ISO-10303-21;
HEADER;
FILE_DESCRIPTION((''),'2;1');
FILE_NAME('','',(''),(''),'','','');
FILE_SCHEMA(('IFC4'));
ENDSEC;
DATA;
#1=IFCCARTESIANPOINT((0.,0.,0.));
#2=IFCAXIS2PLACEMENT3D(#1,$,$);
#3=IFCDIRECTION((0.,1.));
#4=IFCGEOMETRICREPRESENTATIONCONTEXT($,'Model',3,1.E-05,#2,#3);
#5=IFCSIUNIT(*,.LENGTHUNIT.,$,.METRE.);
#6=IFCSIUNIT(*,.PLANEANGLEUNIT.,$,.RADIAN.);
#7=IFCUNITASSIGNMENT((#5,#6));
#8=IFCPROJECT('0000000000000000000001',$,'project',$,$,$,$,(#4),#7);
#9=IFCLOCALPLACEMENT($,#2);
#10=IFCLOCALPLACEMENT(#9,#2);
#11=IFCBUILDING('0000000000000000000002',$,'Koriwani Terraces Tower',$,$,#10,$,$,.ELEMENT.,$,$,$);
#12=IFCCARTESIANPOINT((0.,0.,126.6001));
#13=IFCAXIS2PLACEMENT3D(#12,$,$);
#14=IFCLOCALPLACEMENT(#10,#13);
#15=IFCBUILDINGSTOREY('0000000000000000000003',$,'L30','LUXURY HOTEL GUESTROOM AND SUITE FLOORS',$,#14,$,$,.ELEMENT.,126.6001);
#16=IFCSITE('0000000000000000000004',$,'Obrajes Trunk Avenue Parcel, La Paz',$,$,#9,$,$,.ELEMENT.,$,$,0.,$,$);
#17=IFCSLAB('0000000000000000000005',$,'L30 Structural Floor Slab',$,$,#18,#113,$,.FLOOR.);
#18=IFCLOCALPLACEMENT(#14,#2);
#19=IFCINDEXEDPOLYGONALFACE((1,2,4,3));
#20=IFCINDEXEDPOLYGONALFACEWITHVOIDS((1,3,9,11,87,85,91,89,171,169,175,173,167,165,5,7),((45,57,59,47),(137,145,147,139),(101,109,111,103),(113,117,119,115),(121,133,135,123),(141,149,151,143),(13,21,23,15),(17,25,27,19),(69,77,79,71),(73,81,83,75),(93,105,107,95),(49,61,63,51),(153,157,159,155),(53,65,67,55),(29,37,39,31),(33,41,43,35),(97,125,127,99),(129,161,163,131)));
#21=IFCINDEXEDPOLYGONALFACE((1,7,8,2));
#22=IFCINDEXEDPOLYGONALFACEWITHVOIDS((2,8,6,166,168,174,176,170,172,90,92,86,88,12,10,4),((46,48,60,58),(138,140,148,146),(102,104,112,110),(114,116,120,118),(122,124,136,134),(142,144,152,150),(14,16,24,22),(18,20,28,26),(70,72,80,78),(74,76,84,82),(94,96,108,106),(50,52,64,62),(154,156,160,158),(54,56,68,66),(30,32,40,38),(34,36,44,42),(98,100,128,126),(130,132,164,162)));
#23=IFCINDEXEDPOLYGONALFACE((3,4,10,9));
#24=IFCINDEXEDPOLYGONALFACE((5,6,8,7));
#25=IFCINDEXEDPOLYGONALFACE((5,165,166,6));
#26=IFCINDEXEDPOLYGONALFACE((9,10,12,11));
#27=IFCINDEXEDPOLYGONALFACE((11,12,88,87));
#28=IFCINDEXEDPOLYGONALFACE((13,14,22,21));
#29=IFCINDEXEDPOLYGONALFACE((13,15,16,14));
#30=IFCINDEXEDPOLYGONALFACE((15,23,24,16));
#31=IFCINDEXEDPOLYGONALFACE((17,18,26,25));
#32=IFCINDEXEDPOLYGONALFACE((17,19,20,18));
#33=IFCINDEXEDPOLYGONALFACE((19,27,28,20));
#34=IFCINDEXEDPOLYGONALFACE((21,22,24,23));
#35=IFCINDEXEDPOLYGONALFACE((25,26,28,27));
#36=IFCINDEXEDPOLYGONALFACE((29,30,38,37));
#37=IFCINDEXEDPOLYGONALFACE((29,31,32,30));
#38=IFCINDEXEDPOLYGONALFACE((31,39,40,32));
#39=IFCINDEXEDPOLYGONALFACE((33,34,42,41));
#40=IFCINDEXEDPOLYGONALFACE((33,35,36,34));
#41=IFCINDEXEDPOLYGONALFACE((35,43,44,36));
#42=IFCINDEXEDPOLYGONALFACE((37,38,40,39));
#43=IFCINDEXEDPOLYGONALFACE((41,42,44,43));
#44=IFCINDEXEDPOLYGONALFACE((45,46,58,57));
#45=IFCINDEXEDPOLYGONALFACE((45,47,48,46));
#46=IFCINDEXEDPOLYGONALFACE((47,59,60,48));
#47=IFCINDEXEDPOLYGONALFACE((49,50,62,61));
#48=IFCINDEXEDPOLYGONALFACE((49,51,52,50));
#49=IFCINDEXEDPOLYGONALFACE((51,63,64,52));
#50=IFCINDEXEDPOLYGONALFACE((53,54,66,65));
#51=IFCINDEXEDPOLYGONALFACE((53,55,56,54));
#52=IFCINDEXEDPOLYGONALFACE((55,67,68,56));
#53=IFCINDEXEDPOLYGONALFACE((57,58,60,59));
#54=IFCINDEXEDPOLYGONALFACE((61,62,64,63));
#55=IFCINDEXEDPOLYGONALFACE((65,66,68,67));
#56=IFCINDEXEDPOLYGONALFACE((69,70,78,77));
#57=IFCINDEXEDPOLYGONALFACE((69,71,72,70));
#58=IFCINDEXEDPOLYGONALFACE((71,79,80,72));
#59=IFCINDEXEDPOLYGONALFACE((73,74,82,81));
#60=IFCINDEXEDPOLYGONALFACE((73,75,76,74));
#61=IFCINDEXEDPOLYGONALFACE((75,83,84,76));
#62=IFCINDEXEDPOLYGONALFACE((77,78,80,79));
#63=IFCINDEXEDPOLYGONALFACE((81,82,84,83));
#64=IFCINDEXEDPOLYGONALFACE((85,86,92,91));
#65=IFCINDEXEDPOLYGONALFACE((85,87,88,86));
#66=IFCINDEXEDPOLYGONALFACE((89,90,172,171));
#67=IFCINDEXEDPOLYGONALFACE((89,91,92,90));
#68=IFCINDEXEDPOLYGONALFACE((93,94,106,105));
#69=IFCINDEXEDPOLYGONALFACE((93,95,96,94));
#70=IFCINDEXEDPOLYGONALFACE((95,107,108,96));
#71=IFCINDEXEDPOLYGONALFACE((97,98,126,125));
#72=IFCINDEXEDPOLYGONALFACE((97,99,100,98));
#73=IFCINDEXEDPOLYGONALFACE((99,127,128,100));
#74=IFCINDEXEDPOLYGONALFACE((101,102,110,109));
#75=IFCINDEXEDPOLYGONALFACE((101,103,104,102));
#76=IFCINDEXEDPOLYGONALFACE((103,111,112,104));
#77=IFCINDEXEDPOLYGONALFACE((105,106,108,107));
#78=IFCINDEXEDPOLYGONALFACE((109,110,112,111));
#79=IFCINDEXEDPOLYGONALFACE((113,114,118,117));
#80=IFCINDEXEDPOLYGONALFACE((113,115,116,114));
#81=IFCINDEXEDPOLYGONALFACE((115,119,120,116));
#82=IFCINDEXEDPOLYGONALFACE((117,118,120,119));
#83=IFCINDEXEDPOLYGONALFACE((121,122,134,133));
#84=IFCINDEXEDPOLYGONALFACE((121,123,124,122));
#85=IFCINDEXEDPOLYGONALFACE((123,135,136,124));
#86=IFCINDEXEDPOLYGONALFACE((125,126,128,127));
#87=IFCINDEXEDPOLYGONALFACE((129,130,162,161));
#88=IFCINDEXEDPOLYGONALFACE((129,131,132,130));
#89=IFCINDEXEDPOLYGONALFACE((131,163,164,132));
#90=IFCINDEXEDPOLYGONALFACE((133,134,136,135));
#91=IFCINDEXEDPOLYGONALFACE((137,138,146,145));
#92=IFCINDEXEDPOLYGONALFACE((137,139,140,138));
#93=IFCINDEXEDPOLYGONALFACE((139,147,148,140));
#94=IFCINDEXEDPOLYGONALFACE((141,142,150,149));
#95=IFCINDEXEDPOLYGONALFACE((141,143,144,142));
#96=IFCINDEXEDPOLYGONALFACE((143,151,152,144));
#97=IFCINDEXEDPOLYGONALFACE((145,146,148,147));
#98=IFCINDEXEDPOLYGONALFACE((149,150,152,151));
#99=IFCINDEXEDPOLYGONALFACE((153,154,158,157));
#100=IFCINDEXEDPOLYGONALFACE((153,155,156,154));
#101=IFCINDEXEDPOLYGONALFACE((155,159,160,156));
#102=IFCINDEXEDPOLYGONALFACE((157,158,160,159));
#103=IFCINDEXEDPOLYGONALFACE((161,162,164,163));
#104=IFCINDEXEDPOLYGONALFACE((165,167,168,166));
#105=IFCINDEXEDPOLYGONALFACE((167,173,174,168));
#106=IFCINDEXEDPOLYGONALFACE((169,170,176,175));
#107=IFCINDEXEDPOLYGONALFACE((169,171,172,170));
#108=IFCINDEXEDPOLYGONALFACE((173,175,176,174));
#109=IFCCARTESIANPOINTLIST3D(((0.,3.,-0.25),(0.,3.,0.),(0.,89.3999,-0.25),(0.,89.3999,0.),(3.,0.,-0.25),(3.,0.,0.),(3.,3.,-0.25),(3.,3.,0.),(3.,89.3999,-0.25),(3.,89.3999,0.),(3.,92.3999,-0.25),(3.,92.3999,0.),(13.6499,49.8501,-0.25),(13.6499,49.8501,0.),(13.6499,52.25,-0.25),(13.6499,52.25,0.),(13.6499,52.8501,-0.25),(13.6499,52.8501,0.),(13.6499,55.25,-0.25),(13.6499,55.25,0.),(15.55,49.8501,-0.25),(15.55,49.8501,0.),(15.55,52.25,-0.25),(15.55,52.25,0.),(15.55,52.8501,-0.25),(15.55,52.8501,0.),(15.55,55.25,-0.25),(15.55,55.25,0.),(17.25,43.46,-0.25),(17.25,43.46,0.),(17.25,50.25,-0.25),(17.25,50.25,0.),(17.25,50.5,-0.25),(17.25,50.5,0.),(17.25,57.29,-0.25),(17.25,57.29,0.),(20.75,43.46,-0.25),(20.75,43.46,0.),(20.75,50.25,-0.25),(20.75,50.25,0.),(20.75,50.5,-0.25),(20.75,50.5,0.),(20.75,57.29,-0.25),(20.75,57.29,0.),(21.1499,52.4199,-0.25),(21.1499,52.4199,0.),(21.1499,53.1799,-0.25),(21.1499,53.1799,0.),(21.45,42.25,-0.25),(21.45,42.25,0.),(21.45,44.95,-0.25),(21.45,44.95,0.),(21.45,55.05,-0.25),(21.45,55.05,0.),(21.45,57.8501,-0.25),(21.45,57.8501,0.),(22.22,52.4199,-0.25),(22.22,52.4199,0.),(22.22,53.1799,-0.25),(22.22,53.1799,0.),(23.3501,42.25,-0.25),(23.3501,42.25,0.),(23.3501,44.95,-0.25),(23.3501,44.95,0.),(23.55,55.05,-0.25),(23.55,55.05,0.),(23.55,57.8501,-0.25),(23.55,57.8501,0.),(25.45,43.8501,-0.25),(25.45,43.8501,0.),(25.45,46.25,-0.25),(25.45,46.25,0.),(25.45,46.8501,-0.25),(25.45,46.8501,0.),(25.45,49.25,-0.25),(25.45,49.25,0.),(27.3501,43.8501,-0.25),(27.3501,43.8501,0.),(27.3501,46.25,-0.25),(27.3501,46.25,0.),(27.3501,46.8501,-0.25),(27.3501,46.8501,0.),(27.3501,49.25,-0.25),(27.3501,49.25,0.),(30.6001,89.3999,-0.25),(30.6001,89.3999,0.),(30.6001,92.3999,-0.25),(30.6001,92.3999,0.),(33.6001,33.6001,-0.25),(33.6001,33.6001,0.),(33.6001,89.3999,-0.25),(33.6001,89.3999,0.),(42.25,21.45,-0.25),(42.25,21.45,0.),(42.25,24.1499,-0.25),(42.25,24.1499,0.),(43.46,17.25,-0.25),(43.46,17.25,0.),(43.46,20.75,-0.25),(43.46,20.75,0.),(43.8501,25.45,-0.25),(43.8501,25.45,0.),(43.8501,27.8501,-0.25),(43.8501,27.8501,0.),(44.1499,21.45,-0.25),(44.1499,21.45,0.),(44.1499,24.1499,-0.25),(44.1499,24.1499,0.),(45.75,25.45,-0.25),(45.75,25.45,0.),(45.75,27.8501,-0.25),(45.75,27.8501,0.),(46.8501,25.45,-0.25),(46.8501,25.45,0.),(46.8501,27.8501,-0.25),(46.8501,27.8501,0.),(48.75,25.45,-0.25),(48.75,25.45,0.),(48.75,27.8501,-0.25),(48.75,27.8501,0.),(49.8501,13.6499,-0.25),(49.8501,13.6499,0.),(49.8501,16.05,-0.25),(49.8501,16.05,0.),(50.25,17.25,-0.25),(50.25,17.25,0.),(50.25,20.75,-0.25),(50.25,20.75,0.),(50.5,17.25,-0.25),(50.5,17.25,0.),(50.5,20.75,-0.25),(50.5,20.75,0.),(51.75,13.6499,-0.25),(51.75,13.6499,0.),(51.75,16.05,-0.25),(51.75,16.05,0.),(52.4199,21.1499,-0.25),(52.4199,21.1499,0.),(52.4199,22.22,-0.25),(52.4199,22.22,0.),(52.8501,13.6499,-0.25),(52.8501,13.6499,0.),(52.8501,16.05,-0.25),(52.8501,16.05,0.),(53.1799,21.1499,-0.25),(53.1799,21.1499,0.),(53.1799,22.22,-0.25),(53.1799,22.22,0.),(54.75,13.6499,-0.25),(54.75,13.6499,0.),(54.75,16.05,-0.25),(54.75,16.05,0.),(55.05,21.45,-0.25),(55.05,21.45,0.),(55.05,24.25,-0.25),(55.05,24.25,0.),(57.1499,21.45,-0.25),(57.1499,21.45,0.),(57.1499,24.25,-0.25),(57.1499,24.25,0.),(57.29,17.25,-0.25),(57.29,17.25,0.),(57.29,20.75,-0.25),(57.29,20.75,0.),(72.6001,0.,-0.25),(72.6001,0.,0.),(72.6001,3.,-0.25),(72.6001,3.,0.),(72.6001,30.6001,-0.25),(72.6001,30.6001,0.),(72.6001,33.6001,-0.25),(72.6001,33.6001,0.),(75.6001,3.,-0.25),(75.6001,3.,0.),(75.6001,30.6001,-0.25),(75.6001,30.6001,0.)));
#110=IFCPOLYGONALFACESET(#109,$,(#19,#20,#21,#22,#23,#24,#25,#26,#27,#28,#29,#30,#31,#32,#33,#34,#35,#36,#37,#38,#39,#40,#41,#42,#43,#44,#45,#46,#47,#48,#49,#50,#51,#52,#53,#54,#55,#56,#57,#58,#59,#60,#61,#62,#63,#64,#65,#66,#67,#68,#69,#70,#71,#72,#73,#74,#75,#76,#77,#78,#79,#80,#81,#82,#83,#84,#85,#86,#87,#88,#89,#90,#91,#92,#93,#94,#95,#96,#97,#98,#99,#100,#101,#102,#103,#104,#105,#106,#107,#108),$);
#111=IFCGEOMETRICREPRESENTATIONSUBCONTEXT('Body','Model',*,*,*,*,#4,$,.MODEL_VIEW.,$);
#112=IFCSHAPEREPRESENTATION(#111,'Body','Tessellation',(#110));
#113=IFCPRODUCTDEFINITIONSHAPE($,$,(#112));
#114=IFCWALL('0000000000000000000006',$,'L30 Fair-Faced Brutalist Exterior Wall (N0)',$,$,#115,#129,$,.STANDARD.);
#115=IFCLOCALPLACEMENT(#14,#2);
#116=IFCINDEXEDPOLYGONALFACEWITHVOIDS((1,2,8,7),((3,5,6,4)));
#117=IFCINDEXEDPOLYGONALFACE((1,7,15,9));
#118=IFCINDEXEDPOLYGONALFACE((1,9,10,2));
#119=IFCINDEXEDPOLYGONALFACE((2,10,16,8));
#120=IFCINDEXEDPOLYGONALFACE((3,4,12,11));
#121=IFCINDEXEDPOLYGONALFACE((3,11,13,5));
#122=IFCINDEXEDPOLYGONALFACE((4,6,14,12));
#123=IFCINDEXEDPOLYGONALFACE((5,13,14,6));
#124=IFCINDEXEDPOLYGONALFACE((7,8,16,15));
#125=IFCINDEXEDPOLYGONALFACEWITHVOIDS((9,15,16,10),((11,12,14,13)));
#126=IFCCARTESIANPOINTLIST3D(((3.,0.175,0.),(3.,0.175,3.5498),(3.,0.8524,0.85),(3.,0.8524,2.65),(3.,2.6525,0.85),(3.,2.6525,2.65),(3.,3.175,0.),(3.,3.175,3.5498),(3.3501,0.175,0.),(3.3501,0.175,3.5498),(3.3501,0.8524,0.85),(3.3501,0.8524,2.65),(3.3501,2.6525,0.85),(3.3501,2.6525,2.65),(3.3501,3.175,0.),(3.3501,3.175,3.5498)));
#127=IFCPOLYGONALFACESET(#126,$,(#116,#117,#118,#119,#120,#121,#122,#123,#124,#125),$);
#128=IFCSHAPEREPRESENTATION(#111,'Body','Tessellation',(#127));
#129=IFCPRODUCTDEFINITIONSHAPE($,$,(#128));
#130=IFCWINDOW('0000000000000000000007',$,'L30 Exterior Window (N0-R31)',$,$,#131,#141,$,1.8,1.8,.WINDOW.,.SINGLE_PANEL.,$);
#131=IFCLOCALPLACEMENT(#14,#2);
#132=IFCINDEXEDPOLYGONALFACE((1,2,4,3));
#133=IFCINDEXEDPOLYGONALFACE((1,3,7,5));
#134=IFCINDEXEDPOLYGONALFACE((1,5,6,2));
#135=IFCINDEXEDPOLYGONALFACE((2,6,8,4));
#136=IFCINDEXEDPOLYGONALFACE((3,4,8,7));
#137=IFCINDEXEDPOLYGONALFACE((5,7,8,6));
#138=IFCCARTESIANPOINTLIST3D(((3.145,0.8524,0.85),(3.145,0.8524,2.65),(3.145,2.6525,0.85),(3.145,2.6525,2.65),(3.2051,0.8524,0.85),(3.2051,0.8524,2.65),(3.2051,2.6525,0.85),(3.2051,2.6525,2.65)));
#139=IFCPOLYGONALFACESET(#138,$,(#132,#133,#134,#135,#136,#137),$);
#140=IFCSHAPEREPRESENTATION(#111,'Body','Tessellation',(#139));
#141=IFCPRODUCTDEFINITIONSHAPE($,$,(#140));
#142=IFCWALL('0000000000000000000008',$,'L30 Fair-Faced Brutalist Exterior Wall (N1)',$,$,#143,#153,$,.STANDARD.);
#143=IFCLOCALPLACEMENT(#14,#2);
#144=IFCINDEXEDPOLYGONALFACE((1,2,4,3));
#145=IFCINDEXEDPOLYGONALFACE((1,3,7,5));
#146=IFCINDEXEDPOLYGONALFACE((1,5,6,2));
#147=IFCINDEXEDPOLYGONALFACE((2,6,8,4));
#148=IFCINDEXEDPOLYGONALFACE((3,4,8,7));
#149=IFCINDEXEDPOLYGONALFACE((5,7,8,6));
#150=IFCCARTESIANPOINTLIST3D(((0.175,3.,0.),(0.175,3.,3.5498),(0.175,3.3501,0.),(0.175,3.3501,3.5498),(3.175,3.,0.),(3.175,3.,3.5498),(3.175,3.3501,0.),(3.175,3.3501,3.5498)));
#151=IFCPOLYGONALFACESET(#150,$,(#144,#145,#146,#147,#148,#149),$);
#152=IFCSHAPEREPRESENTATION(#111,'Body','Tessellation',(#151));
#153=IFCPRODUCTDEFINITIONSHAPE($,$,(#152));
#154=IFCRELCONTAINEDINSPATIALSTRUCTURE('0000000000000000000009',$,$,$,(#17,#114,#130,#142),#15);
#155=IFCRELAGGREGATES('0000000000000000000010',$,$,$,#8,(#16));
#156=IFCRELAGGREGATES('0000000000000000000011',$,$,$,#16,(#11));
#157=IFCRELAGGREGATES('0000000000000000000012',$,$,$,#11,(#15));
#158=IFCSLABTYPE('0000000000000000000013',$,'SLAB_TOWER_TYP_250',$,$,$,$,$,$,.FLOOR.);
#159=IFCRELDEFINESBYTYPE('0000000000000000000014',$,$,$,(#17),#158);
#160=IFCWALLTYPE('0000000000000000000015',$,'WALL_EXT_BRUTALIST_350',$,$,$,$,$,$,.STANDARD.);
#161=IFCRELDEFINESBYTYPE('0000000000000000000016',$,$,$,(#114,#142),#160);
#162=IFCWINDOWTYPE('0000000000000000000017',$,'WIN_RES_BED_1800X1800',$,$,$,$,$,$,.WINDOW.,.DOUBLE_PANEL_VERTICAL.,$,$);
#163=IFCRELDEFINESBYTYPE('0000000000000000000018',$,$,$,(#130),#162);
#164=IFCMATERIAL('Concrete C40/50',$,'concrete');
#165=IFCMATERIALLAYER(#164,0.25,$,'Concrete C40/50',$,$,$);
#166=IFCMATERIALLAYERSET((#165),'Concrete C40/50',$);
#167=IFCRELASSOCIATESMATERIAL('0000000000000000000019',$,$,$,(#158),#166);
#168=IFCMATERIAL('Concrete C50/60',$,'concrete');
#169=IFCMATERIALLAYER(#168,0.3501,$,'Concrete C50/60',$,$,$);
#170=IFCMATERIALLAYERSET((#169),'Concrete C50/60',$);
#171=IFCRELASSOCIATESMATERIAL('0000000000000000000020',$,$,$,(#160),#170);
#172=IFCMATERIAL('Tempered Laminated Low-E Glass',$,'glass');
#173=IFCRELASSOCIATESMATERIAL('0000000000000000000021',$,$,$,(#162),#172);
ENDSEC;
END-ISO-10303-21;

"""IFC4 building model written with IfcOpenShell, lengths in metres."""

from ifc_helpers import new_model, si_unit, direction, frame, frame_2d, origin, place, context, subcontext, project, spatial, polyline, rectangle, outline, extrude, material, layer, layer_set, type_object, element, fill, save


model = new_model("IFC4")

# Units and contexts
model_context = context("Model", 3, precision=1e-05, world=origin(), true_north=direction((0.0, 1.0)))
body_context = subcontext(model_context, "Body", "Model", "MODEL_VIEW")
ifc_project = project(units=[si_unit("LENGTHUNIT", "METRE"), si_unit("PLANEANGLEUNIT", "RADIAN")], contexts=[model_context])

# Site, building, storey
site_placement = place(None, origin())
site = spatial("IfcSite", under=ifc_project, at=site_placement, Name="Obrajes Trunk Avenue Parcel, La Paz", CompositionType="ELEMENT", RefElevation=0.0)
building_placement = place(site_placement, origin())
building = spatial("IfcBuilding", under=site, at=building_placement, Name="Koriwani Terraces Tower", CompositionType="ELEMENT")
storey_placement = place(building_placement, frame((0.0, 0.0, 126.6001)))
storey = spatial("IfcBuildingStorey", under=building, at=storey_placement, Name="L30", Description="LUXURY HOTEL GUESTROOM AND SUITE FLOORS", CompositionType="ELEMENT", Elevation=126.6001)

# Shared definitions
ifc_material_1 = material(Name="Concrete C50/60", Category="concrete")

# Shared definitions
ifc_material_2 = material(Name="Concrete C40/50", Category="concrete")

# Slab
ifc_layer_1 = layer(ifc_material_2, 0.25, Name="Concrete C40/50")
ifc_layer_set_1 = layer_set([ifc_layer_1], Name="Concrete C40/50")
slab_type_1 = type_object("IfcSlabType", Name="SLAB_TOWER_TYP_250", PredefinedType="FLOOR", material=ifc_layer_set_1)
slab_1_placement = place(storey_placement, frame((0.0, 0.0, -0.25)))
element("IfcSlab", 1, at=slab_1_placement, inside=storey, type_object=slab_type_1, Name="L30 Structural Floor Slab", PredefinedType="FLOOR", context=body_context, shape_type="SweptSolid", body=[
    extrude(outline(polyline([(3.0, 0.0), (72.6001, 0.0), (72.6001, 3.0), (75.6001, 3.0), (75.6001, 30.6001), (72.6001, 30.6001), (72.6001, 33.6001), (33.6001, 33.6001), (33.6001, 89.3999), (30.6001, 89.3999), (30.6001, 92.3999), (3.0, 92.3999), (3.0, 89.3999), (0.0, 89.3999), (0.0, 3.0), (3.0, 3.0), (3.0, 0.0)]), holes=[polyline([(17.25, 43.46), (20.75, 43.46), (20.75, 50.25), (17.25, 50.25), (17.25, 43.46)]), polyline([(17.25, 50.5), (20.75, 50.5), (20.75, 57.29), (17.25, 57.29), (17.25, 50.5)]), polyline([(43.46, 17.25), (50.25, 17.25), (50.25, 20.75), (43.46, 20.75), (43.46, 17.25)]), polyline([(50.5, 17.25), (57.29, 17.25), (57.29, 20.75), (50.5, 20.75), (50.5, 17.25)]), polyline([(13.6499, 49.8501), (15.55, 49.8501), (15.55, 52.25), (13.6499, 52.25), (13.6499, 49.8501)]), polyline([(13.6499, 52.8501), (15.55, 52.8501), (15.55, 55.25), (13.6499, 55.25), (13.6499, 52.8501)]), polyline([(49.8501, 13.6499), (51.75, 13.6499), (51.75, 16.05), (49.8501, 16.05), (49.8501, 13.6499)]), polyline([(52.8501, 13.6499), (54.75, 13.6499), (54.75, 16.05), (52.8501, 16.05), (52.8501, 13.6499)]), polyline([(25.45, 43.8501), (27.3501, 43.8501), (27.3501, 46.25), (25.45, 46.25), (25.45, 43.8501)]), polyline([(25.45, 46.8501), (27.3501, 46.8501), (27.3501, 49.25), (25.45, 49.25), (25.45, 46.8501)]), polyline([(43.8501, 25.45), (45.75, 25.45), (45.75, 27.8501), (43.8501, 27.8501), (43.8501, 25.45)]), polyline([(46.8501, 25.45), (48.75, 25.45), (48.75, 27.8501), (46.8501, 27.8501), (46.8501, 25.45)]), polyline([(21.45, 55.05), (23.55, 55.05), (23.55, 57.8501), (21.45, 57.8501), (21.45, 55.05)]), polyline([(55.05, 21.45), (57.1499, 21.45), (57.1499, 24.25), (55.05, 24.25), (55.05, 21.45)]), polyline([(21.45, 42.25), (23.3501, 42.25), (23.3501, 44.95), (21.45, 44.95), (21.45, 42.25)]), polyline([(42.25, 21.45), (44.1499, 21.45), (44.1499, 24.1499), (42.25, 24.1499), (42.25, 21.45)]), polyline([(21.1499, 52.4199), (22.22, 52.4199), (22.22, 53.1799), (21.1499, 53.1799), (21.1499, 52.4199)]), polyline([(52.4199, 21.1499), (53.1799, 21.1499), (53.1799, 22.22), (52.4199, 22.22), (52.4199, 21.1499)])]), origin(), (0.0, 0.0, 1.0), 0.25),
])

# Wall, opening, window
ifc_layer_2 = layer(ifc_material_1, 0.3501, Name="Concrete C50/60")
ifc_layer_set_2 = layer_set([ifc_layer_2], Name="Concrete C50/60")
wall_type = type_object("IfcWallType", Name="WALL_EXT_BRUTALIST_350", PredefinedType="STANDARD", material=ifc_layer_set_2)
wall_1_placement = place(storey_placement, frame((3.175, 0.175, 0.0), z_axis=(0.0, 0.0, 1.0), x_axis=(0.0, 1.0, 0.0)))
wall_1 = element("IfcWall", 2, at=wall_1_placement, inside=storey, type_object=wall_type, Name="L30 Fair-Faced Brutalist Exterior Wall (N0)", PredefinedType="STANDARD", context=body_context, shape_type="SweptSolid", body=[
    extrude(rectangle(XDim=3.0, YDim=0.3501, at=frame_2d((1.5, 0.0))), origin(), (0.0, 0.0, 1.0), 3.5498),
])
opening_1_placement = place(wall_1_placement, frame((0.6775, 0.0, 0.8501)))
opening_1 = element("IfcOpeningElement", 3, at=opening_1_placement, cuts=wall_1, PredefinedType="OPENING", context=body_context, shape_type="SweptSolid", body=[
    extrude(rectangle(XDim=1.8, YDim=1.8, at=frame_2d((0.8999, 0.8999))), frame((0.0, 0.1851, 0.0), z_axis=(0.0, -1.0, 0.0), x_axis=(1.0, 0.0, 0.0)), (0.0, 0.0, 1.0), 0.3701),
])
ifc_material_3 = material(Name="Tempered Laminated Low-E Glass", Category="glass")
window_type_1 = type_object("IfcWindowType", Name="WIN_RES_BED_1800X1800", PartitioningType="DOUBLE_PANEL_VERTICAL", PredefinedType="WINDOW", material=ifc_material_3)
window_1_placement = place(opening_1_placement, origin())
window_1 = element("IfcWindow", 4, at=window_1_placement, inside=storey, type_object=window_type_1, Name="L30 Exterior Window (N0-R31)", OverallHeight=1.8, OverallWidth=1.8, PartitioningType="SINGLE_PANEL", PredefinedType="WINDOW", context=body_context, shape_type="SweptSolid", body=[
    extrude(rectangle(XDim=1.8, YDim=1.8, at=frame_2d((0.8999, 0.8999))), frame((0.0, 0.03, 0.0), z_axis=(0.0, -1.0, 0.0), x_axis=(1.0, 0.0, 0.0)), (0.0, 0.0, 1.0), 0.0601),
])
fill(opening_1, window_1)

# Wall
wall_2_placement = place(storey_placement, frame((3.175, 3.175, 0.0), z_axis=(0.0, 0.0, 1.0), x_axis=(-1.0, 0.0, 0.0)))
element("IfcWall", 5, at=wall_2_placement, inside=storey, type_object=wall_type, Name="L30 Fair-Faced Brutalist Exterior Wall (N1)", PredefinedType="STANDARD", context=body_context, shape_type="SweptSolid", body=[
    extrude(rectangle(XDim=3.0, YDim=0.3501, at=frame_2d((1.5, 0.0))), origin(), (0.0, 0.0, 1.0), 3.5498),
])

save(model, "model.ifc")
